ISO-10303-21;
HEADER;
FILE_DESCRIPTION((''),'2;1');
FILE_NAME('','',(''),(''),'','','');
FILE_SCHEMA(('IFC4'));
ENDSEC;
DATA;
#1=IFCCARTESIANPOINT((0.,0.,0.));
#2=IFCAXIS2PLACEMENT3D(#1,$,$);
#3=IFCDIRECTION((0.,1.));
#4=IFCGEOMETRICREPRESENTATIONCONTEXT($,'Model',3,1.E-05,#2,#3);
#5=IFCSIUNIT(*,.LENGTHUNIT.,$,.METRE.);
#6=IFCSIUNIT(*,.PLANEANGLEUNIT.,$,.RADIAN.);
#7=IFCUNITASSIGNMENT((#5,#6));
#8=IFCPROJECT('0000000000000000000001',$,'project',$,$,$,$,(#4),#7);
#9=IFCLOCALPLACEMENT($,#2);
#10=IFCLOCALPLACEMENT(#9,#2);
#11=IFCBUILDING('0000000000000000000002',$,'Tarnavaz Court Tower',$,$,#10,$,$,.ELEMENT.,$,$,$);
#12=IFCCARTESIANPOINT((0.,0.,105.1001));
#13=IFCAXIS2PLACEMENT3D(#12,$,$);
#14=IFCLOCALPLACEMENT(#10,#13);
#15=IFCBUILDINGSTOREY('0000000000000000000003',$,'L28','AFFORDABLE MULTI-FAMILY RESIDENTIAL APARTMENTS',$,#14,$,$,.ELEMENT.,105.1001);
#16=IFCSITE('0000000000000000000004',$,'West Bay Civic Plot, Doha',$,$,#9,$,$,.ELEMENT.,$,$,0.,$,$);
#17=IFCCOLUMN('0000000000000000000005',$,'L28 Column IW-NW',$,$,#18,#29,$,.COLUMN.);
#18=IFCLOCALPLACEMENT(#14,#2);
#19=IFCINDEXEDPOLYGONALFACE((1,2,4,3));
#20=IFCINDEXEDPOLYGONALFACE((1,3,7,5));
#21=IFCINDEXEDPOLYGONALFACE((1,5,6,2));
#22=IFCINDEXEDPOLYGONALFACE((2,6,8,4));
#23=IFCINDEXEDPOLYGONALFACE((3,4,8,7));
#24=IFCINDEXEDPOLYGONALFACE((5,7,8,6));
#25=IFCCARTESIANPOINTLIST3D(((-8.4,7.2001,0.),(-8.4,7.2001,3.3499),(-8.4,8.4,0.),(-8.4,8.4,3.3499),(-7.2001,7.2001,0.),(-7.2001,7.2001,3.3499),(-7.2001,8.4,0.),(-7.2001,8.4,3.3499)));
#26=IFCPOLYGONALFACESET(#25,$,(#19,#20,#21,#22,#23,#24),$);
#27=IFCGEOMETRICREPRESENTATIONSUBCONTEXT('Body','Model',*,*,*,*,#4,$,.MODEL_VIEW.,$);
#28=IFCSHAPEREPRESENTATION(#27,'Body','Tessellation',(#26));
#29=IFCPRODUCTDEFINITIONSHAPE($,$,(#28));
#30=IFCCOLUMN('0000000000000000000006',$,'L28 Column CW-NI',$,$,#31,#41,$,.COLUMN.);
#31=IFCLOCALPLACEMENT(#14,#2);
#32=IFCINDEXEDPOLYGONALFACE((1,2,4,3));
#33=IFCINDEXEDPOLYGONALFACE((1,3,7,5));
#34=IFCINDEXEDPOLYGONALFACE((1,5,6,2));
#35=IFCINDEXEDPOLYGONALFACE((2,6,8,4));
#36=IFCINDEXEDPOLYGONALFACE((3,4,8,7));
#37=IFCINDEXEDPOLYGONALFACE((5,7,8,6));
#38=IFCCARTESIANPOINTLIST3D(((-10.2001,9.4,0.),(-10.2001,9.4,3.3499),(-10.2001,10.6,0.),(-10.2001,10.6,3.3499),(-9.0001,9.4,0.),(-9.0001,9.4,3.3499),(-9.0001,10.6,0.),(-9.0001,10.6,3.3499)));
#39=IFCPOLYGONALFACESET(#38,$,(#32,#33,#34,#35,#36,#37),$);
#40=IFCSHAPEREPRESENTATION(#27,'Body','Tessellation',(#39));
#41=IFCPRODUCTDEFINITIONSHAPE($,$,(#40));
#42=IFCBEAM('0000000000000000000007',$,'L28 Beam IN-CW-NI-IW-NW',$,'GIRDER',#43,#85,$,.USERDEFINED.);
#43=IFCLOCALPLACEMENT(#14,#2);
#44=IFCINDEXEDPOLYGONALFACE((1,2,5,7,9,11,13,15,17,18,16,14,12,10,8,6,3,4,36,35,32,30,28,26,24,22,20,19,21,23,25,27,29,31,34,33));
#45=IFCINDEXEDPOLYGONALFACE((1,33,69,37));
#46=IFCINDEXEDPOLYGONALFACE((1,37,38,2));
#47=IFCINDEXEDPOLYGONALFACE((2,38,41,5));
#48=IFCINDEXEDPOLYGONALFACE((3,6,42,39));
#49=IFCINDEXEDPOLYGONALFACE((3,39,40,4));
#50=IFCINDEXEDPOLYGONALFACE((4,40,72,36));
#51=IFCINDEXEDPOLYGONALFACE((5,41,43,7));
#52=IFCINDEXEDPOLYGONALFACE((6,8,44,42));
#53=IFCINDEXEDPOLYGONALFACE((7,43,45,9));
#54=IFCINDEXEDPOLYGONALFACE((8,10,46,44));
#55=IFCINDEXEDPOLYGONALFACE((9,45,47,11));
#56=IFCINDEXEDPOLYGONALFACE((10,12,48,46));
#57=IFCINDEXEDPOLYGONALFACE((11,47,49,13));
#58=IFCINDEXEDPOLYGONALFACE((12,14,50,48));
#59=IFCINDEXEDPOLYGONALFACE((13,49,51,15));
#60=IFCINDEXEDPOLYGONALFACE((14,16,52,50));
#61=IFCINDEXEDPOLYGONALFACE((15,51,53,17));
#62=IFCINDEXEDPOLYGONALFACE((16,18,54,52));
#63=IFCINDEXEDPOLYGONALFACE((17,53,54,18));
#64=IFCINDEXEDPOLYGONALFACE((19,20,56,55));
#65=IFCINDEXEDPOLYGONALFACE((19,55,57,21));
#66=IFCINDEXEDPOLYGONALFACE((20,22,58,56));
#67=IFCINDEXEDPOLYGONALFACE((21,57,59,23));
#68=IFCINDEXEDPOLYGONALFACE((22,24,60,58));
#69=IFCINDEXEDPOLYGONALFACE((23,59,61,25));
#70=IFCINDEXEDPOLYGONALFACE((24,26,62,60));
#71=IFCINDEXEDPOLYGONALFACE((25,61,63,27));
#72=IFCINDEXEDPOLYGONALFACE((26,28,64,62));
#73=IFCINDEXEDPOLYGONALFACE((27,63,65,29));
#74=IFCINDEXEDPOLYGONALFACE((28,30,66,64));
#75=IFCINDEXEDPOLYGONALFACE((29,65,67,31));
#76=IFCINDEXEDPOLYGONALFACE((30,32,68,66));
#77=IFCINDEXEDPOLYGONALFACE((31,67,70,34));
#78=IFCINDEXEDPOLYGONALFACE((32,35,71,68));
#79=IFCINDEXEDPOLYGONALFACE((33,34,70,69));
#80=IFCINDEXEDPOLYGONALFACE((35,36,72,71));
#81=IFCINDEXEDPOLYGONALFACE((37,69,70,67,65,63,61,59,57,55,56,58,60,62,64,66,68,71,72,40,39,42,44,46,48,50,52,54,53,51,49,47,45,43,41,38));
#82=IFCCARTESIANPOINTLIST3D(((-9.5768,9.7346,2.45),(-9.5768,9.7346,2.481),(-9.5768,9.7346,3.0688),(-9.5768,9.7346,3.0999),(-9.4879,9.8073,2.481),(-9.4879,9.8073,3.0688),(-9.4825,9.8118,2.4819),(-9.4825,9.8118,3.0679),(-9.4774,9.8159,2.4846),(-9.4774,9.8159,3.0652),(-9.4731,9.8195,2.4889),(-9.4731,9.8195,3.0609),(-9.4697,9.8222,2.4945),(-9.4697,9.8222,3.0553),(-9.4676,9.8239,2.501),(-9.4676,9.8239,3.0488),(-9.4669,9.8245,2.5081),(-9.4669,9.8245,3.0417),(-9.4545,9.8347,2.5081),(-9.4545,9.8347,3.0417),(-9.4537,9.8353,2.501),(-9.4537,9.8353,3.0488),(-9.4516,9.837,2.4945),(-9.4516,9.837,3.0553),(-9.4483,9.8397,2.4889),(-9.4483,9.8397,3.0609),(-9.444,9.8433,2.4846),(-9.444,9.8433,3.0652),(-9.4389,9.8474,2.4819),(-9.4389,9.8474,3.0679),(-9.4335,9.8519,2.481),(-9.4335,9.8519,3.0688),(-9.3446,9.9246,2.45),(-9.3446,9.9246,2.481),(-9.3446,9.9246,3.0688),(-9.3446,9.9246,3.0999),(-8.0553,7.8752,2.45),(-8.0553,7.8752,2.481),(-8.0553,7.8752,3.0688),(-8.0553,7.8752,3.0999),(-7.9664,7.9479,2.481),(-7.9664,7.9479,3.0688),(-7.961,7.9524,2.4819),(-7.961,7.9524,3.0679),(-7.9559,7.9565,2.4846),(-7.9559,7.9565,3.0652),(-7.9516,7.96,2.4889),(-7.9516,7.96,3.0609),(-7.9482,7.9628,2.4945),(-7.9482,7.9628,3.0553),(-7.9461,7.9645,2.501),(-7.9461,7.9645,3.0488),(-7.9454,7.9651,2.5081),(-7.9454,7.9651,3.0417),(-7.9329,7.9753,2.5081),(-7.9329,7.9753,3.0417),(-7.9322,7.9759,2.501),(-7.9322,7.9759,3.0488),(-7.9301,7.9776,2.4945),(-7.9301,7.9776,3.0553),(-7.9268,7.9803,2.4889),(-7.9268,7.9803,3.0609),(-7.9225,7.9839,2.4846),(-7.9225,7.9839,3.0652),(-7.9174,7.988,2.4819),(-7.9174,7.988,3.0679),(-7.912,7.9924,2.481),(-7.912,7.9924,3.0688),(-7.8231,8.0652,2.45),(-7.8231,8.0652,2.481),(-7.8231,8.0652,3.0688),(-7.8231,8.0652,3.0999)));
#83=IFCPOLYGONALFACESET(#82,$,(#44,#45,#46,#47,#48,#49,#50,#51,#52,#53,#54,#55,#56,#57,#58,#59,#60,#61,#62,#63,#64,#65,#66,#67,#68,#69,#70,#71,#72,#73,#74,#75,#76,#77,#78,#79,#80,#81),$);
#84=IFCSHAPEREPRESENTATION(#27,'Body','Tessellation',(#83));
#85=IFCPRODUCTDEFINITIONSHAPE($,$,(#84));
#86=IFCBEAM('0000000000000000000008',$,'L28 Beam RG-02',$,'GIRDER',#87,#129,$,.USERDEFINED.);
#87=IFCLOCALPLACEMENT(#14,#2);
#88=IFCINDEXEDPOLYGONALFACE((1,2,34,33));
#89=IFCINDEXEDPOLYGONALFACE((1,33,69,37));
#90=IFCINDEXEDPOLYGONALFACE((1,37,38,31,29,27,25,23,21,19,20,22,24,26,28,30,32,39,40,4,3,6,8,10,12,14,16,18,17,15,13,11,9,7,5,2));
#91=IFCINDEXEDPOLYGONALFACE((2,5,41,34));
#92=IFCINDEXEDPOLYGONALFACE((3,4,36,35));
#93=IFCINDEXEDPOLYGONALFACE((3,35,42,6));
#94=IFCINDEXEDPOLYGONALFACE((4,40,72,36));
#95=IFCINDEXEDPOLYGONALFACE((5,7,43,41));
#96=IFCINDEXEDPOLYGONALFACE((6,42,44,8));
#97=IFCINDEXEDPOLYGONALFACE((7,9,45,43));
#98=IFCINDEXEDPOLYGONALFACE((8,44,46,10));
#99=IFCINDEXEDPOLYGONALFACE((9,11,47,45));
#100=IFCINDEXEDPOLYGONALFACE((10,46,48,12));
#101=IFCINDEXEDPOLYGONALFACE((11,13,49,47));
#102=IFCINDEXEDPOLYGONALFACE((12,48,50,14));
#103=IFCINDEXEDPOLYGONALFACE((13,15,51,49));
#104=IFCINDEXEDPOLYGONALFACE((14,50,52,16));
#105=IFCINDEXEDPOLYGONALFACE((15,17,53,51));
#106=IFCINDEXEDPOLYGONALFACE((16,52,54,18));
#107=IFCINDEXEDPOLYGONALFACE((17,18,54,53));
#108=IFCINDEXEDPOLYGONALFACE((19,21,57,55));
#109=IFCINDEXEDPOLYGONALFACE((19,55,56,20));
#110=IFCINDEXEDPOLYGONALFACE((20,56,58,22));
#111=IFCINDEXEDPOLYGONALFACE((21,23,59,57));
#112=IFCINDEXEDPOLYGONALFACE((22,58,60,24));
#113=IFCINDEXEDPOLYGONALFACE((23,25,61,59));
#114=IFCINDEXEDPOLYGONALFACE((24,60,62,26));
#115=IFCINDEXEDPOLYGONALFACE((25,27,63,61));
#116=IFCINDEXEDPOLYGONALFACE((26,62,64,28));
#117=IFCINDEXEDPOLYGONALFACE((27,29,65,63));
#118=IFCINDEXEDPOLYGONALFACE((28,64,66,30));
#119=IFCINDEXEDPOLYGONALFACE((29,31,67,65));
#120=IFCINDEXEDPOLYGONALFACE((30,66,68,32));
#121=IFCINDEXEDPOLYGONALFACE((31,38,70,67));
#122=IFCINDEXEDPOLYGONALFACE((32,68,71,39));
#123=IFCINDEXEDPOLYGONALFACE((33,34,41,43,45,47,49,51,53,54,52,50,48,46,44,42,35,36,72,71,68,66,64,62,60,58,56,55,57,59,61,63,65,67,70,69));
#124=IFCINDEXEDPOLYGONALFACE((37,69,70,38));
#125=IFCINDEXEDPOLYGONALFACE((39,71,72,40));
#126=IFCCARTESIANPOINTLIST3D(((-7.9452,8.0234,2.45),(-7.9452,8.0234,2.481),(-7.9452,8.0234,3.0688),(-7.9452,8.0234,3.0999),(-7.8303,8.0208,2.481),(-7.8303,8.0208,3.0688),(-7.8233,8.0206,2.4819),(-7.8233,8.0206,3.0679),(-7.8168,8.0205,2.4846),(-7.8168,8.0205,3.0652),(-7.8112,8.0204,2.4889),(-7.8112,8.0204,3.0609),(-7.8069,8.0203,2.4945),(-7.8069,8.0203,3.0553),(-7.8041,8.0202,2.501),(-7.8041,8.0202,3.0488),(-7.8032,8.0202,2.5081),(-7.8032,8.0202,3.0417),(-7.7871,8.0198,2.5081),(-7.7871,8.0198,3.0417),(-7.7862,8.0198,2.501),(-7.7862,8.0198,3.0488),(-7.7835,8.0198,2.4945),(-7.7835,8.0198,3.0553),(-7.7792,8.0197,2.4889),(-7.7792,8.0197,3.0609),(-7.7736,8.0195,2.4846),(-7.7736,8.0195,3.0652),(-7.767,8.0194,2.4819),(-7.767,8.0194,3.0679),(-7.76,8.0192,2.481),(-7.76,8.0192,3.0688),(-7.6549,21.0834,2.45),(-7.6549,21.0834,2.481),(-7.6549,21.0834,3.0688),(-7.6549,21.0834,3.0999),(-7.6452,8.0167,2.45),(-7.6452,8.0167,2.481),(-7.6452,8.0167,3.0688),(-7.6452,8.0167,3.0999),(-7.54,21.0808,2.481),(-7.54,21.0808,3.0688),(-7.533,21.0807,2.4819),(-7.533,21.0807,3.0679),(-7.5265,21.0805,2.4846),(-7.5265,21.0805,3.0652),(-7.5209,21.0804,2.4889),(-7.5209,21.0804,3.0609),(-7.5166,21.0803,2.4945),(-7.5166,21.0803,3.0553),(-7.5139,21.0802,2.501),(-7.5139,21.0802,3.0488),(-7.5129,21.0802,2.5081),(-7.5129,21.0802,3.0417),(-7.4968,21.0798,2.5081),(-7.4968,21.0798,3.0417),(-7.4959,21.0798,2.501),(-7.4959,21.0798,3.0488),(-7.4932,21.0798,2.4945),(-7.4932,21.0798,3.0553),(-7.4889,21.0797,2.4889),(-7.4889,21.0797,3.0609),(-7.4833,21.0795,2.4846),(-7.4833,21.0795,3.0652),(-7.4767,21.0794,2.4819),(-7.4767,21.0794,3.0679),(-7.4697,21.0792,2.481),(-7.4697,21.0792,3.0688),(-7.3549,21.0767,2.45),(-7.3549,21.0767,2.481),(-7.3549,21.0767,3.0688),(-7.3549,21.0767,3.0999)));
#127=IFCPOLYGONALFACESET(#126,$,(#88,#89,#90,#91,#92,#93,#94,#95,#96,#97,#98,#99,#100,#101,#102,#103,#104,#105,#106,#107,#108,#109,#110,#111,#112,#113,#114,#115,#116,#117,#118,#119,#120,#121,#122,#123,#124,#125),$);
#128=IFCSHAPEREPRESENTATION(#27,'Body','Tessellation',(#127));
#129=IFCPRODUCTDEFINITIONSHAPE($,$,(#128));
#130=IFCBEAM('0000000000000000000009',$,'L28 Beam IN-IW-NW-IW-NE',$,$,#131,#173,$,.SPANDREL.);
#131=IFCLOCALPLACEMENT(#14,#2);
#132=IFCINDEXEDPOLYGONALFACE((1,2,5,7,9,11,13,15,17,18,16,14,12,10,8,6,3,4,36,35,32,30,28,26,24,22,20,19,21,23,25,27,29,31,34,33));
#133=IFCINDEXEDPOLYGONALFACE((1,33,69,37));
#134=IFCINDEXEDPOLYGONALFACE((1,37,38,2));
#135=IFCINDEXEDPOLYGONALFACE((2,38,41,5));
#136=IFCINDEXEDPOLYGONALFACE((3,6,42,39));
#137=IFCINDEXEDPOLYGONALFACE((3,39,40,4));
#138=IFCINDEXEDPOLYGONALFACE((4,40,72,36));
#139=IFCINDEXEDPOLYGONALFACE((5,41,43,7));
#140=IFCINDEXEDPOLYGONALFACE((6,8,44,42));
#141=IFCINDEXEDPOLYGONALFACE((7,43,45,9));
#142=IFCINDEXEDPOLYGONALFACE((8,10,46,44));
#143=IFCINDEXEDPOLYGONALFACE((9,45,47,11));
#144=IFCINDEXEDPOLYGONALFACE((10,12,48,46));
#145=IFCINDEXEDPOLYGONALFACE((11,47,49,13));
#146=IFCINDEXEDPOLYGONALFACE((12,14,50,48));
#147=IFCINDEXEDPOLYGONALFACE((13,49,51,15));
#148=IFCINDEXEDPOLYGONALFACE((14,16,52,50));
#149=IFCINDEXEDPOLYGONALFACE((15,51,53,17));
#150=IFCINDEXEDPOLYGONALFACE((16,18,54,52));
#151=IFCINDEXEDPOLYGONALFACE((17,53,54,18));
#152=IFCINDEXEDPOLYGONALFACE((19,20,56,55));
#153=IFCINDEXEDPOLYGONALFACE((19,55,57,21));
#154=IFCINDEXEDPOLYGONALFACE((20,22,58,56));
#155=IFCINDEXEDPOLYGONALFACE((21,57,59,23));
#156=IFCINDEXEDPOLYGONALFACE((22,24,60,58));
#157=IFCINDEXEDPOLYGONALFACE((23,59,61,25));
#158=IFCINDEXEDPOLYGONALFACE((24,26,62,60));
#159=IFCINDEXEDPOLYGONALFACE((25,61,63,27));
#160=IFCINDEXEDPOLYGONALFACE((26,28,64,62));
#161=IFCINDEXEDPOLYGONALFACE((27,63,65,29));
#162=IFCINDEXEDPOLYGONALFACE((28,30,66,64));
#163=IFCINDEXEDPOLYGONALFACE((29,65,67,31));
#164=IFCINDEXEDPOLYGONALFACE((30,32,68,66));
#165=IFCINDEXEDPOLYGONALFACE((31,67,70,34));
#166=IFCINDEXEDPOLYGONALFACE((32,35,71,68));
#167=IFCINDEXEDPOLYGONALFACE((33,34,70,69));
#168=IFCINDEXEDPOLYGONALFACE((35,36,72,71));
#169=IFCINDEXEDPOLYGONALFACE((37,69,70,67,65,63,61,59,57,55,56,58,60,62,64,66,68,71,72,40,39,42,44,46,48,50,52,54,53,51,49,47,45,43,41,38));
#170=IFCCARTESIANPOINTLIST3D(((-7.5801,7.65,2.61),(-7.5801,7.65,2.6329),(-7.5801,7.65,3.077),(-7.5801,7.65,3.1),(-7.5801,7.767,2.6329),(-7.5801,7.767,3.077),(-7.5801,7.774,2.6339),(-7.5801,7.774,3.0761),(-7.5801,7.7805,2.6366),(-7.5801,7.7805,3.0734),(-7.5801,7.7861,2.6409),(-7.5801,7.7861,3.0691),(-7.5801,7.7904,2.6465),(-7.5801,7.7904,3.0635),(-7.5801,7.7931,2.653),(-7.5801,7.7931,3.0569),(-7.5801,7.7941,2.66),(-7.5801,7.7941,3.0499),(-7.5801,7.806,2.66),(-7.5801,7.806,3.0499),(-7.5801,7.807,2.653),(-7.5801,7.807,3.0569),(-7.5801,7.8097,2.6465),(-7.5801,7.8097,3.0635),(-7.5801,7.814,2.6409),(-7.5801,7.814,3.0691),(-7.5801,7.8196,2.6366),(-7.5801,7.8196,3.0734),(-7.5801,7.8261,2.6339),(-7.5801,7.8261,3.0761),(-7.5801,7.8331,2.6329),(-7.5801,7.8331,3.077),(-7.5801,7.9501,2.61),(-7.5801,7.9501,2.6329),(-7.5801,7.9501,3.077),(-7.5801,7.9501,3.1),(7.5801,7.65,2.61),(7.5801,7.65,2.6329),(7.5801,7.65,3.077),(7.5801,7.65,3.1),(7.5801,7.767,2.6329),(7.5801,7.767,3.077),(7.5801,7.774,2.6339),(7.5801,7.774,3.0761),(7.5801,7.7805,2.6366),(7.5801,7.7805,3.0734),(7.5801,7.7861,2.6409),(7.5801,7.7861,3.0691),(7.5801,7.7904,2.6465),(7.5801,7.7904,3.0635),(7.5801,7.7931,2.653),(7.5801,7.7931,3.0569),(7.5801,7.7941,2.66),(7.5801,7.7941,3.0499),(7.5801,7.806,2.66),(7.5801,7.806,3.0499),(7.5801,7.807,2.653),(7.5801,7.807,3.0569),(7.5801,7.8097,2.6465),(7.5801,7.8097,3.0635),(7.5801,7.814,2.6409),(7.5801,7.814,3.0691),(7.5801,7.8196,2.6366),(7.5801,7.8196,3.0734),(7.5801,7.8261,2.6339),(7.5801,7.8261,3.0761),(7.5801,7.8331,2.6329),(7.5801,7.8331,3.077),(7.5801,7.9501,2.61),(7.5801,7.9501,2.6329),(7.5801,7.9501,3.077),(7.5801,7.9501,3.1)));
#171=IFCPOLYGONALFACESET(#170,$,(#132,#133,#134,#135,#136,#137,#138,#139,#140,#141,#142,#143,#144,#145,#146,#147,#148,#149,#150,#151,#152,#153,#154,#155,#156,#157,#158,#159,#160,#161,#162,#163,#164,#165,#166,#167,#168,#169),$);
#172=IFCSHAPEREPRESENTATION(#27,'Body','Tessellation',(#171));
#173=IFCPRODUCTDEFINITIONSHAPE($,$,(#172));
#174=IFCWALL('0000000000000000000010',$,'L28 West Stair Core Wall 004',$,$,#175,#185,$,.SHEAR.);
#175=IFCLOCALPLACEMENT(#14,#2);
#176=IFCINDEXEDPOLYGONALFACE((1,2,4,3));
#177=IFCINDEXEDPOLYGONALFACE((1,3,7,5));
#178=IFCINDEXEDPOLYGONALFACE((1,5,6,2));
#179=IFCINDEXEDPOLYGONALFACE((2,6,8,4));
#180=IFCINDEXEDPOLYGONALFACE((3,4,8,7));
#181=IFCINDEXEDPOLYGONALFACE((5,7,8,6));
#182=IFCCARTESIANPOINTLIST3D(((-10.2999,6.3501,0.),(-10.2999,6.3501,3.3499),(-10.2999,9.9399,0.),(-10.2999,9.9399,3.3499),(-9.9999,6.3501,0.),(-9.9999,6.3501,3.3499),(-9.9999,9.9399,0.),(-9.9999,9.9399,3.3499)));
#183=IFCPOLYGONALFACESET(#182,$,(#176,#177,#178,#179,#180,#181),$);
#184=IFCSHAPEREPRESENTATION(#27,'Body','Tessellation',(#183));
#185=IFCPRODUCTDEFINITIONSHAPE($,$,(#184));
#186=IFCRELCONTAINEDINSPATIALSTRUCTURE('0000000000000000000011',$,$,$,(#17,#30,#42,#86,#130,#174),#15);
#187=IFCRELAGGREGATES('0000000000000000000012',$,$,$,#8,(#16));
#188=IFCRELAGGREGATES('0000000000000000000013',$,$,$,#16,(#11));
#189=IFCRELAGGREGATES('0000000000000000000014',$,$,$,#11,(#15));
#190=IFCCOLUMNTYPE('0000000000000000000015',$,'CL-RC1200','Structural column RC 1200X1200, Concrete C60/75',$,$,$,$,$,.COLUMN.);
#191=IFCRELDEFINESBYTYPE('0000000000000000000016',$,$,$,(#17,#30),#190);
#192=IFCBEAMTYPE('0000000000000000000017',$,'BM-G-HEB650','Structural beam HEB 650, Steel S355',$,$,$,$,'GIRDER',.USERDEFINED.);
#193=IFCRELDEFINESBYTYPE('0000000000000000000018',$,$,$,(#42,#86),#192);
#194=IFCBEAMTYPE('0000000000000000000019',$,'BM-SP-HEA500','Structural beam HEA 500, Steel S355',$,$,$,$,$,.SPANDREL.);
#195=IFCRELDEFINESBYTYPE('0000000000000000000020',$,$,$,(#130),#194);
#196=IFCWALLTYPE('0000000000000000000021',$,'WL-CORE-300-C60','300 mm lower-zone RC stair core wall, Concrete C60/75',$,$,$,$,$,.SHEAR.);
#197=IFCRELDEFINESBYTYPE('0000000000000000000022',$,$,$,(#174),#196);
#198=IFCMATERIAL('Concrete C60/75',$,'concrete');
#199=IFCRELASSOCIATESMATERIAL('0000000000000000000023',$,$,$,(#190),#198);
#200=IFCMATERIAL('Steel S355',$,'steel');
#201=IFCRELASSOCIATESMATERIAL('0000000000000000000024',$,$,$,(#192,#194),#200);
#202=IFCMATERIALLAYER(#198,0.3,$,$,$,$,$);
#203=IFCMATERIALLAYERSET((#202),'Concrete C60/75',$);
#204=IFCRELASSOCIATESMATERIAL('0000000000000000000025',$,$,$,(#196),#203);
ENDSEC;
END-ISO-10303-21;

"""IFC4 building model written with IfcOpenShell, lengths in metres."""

from ifc_helpers import new_model, si_unit, direction, frame, frame_2d, origin, origin_2d, place, context, subcontext, project, spatial, rectangle, i_section, extrude, material, layer, layer_set, material_profile, profile_set, type_object, element, save


model = new_model("IFC4")

# Units and contexts
model_context = context("Model", 3, precision=1e-05, world=origin(), true_north=direction((0.0, 1.0)))
body_context = subcontext(model_context, "Body", "Model", "MODEL_VIEW")
ifc_project = project(units=[si_unit("LENGTHUNIT", "METRE"), si_unit("PLANEANGLEUNIT", "RADIAN")], contexts=[model_context])

# Site, building, storey
site_placement = place(None, origin())
site = spatial("IfcSite", under=ifc_project, at=site_placement, Name="West Bay Civic Plot, Doha", CompositionType="ELEMENT", RefElevation=0.0)
building_placement = place(site_placement, origin())
building = spatial("IfcBuilding", under=site, at=building_placement, Name="Tarnavaz Court Tower", CompositionType="ELEMENT")
storey_placement = place(building_placement, frame((0.0, 0.0, 105.1001)))
storey = spatial("IfcBuildingStorey", under=building, at=storey_placement, Name="L28", Description="AFFORDABLE MULTI-FAMILY RESIDENTIAL APARTMENTS", CompositionType="ELEMENT", Elevation=105.1001)

# Columns
ifc_material_1 = material(Name="Concrete C60/75", Category="concrete")
ifc_material_profile_1 = material_profile(ifc_material_1, rectangle(XDim=1.2, YDim=1.2, at=origin_2d()), Name="RC 1200X1200")
ifc_profile_set_1 = profile_set([ifc_material_profile_1], Name="Concrete C60/75")
column_type = type_object("IfcColumnType", Name="CL-RC1200", Description="Structural column RC 1200X1200, Concrete C60/75", PredefinedType="COLUMN", material=ifc_profile_set_1)
for number, where, z_axis, x_axis, name in (
    (1, (-7.8, 7.8, 0.0), (0.0, 0.0, 1.0), (1.0, 0.0, 0.0), "L28 Column IW-NW"),
    (2, (-9.6001, 10.0, 0.0), (0.0, 0.0, 1.0), (1.0, 0.0, 0.0), "L28 Column CW-NI"),
):
    element("IfcColumn", number, at=place(storey_placement, frame(where, z_axis=z_axis, x_axis=x_axis)), inside=storey, type_object=column_type, Name=name, PredefinedType="COLUMN", context=body_context, shape_type="SweptSolid", body=[
        extrude(rectangle(XDim=1.2, YDim=1.2, at=origin_2d()), origin(), (0.0, 0.0, 1.0), 3.3499),
    ])

# Beams
ifc_material_2 = material(Name="Steel S355", Category="steel")
ifc_material_profile_2 = material_profile(ifc_material_2, i_section(OverallWidth=0.3, OverallDepth=0.6499, WebThickness=0.0161, FlangeThickness=0.031, FilletRadius=0.0271, at=origin_2d()), Name="HEB 650")
ifc_profile_set_2 = profile_set([ifc_material_profile_2], Name="Steel S355")
beam_type_1 = type_object("IfcBeamType", Name="BM-G-HEB650", Description="Structural beam HEB 650, Steel S355", ElementType="GIRDER", PredefinedType="USERDEFINED", material=ifc_profile_set_2)
beam_1_placement = place(storey_placement, frame((-9.4607, 9.8296, 2.7749), z_axis=(0.633282, -0.773921, 0.0), x_axis=(0.773921, 0.633282, 0.0)))
element("IfcBeam", 3, at=beam_1_placement, inside=storey, type_object=beam_type_1, Name="L28 Beam IN-CW-NI-IW-NW", ObjectType="GIRDER", PredefinedType="USERDEFINED", context=body_context, shape_type="SweptSolid", body=[
    extrude(i_section(OverallWidth=0.3, OverallDepth=0.6499, WebThickness=0.0161, FlangeThickness=0.031, FilletRadius=0.0271, at=origin_2d()), origin(), (0.0, 0.0, 1.0), 2.4026),
])
beam_2_placement = place(storey_placement, frame((-7.7952, 8.02, 2.7749), z_axis=(0.022221, 0.999753, 0.0), x_axis=(-0.999753, 0.022221, 0.0)))
element("IfcBeam", 4, at=beam_2_placement, inside=storey, type_object=beam_type_1, Name="L28 Beam RG-02", ObjectType="GIRDER", PredefinedType="USERDEFINED", context=body_context, shape_type="SweptSolid", body=[
    extrude(i_section(OverallWidth=0.3, OverallDepth=0.6499, WebThickness=0.0161, FlangeThickness=0.031, FilletRadius=0.0271, at=origin_2d()), origin(), (0.0, 0.0, 1.0), 13.0632),
])
ifc_material_profile_3 = material_profile(ifc_material_2, i_section(OverallWidth=0.3, OverallDepth=0.49, WebThickness=0.012, FlangeThickness=0.0229, FilletRadius=0.0271, at=origin_2d()), Name="HEA 500")
ifc_profile_set_3 = profile_set([ifc_material_profile_3], Name="Steel S355")
beam_type_2 = type_object("IfcBeamType", Name="BM-SP-HEA500", Description="Structural beam HEA 500, Steel S355", PredefinedType="SPANDREL", material=ifc_profile_set_3)
beam_3_placement = place(storey_placement, frame((-7.5801, 7.8, 2.855), z_axis=(1.0, 0.0, 0.0), x_axis=(0.0, 1.0, 0.0)))
element("IfcBeam", 5, at=beam_3_placement, inside=storey, type_object=beam_type_2, Name="L28 Beam IN-IW-NW-IW-NE", PredefinedType="SPANDREL", context=body_context, shape_type="SweptSolid", body=[
    extrude(i_section(OverallWidth=0.3, OverallDepth=0.49, WebThickness=0.012, FlangeThickness=0.0229, FilletRadius=0.0271, at=origin_2d()), origin(), (0.0, 0.0, 1.0), 15.1602),
])

# Wall
ifc_layer_1 = layer(ifc_material_1, 0.3)
ifc_layer_set_1 = layer_set([ifc_layer_1], Name="Concrete C60/75")
wall_type_1 = type_object("IfcWallType", Name="WL-CORE-300-C60", Description="300 mm lower-zone RC stair core wall, Concrete C60/75", PredefinedType="SHEAR", material=ifc_layer_set_1)
wall_1_placement = place(storey_placement, frame((-10.1499, 6.3501, 0.0), z_axis=(0.0, 0.0, 1.0), x_axis=(0.0, 1.0, 0.0)))
element("IfcWall", 6, at=wall_1_placement, inside=storey, type_object=wall_type_1, Name="L28 West Stair Core Wall 004", PredefinedType="SHEAR", context=body_context, shape_type="SweptSolid", body=[
    extrude(rectangle(XDim=3.5898, YDim=0.3, at=frame_2d((1.7949, 0.0))), origin(), (0.0, 0.0, 1.0), 3.3499),
])

save(model, "model.ifc")
